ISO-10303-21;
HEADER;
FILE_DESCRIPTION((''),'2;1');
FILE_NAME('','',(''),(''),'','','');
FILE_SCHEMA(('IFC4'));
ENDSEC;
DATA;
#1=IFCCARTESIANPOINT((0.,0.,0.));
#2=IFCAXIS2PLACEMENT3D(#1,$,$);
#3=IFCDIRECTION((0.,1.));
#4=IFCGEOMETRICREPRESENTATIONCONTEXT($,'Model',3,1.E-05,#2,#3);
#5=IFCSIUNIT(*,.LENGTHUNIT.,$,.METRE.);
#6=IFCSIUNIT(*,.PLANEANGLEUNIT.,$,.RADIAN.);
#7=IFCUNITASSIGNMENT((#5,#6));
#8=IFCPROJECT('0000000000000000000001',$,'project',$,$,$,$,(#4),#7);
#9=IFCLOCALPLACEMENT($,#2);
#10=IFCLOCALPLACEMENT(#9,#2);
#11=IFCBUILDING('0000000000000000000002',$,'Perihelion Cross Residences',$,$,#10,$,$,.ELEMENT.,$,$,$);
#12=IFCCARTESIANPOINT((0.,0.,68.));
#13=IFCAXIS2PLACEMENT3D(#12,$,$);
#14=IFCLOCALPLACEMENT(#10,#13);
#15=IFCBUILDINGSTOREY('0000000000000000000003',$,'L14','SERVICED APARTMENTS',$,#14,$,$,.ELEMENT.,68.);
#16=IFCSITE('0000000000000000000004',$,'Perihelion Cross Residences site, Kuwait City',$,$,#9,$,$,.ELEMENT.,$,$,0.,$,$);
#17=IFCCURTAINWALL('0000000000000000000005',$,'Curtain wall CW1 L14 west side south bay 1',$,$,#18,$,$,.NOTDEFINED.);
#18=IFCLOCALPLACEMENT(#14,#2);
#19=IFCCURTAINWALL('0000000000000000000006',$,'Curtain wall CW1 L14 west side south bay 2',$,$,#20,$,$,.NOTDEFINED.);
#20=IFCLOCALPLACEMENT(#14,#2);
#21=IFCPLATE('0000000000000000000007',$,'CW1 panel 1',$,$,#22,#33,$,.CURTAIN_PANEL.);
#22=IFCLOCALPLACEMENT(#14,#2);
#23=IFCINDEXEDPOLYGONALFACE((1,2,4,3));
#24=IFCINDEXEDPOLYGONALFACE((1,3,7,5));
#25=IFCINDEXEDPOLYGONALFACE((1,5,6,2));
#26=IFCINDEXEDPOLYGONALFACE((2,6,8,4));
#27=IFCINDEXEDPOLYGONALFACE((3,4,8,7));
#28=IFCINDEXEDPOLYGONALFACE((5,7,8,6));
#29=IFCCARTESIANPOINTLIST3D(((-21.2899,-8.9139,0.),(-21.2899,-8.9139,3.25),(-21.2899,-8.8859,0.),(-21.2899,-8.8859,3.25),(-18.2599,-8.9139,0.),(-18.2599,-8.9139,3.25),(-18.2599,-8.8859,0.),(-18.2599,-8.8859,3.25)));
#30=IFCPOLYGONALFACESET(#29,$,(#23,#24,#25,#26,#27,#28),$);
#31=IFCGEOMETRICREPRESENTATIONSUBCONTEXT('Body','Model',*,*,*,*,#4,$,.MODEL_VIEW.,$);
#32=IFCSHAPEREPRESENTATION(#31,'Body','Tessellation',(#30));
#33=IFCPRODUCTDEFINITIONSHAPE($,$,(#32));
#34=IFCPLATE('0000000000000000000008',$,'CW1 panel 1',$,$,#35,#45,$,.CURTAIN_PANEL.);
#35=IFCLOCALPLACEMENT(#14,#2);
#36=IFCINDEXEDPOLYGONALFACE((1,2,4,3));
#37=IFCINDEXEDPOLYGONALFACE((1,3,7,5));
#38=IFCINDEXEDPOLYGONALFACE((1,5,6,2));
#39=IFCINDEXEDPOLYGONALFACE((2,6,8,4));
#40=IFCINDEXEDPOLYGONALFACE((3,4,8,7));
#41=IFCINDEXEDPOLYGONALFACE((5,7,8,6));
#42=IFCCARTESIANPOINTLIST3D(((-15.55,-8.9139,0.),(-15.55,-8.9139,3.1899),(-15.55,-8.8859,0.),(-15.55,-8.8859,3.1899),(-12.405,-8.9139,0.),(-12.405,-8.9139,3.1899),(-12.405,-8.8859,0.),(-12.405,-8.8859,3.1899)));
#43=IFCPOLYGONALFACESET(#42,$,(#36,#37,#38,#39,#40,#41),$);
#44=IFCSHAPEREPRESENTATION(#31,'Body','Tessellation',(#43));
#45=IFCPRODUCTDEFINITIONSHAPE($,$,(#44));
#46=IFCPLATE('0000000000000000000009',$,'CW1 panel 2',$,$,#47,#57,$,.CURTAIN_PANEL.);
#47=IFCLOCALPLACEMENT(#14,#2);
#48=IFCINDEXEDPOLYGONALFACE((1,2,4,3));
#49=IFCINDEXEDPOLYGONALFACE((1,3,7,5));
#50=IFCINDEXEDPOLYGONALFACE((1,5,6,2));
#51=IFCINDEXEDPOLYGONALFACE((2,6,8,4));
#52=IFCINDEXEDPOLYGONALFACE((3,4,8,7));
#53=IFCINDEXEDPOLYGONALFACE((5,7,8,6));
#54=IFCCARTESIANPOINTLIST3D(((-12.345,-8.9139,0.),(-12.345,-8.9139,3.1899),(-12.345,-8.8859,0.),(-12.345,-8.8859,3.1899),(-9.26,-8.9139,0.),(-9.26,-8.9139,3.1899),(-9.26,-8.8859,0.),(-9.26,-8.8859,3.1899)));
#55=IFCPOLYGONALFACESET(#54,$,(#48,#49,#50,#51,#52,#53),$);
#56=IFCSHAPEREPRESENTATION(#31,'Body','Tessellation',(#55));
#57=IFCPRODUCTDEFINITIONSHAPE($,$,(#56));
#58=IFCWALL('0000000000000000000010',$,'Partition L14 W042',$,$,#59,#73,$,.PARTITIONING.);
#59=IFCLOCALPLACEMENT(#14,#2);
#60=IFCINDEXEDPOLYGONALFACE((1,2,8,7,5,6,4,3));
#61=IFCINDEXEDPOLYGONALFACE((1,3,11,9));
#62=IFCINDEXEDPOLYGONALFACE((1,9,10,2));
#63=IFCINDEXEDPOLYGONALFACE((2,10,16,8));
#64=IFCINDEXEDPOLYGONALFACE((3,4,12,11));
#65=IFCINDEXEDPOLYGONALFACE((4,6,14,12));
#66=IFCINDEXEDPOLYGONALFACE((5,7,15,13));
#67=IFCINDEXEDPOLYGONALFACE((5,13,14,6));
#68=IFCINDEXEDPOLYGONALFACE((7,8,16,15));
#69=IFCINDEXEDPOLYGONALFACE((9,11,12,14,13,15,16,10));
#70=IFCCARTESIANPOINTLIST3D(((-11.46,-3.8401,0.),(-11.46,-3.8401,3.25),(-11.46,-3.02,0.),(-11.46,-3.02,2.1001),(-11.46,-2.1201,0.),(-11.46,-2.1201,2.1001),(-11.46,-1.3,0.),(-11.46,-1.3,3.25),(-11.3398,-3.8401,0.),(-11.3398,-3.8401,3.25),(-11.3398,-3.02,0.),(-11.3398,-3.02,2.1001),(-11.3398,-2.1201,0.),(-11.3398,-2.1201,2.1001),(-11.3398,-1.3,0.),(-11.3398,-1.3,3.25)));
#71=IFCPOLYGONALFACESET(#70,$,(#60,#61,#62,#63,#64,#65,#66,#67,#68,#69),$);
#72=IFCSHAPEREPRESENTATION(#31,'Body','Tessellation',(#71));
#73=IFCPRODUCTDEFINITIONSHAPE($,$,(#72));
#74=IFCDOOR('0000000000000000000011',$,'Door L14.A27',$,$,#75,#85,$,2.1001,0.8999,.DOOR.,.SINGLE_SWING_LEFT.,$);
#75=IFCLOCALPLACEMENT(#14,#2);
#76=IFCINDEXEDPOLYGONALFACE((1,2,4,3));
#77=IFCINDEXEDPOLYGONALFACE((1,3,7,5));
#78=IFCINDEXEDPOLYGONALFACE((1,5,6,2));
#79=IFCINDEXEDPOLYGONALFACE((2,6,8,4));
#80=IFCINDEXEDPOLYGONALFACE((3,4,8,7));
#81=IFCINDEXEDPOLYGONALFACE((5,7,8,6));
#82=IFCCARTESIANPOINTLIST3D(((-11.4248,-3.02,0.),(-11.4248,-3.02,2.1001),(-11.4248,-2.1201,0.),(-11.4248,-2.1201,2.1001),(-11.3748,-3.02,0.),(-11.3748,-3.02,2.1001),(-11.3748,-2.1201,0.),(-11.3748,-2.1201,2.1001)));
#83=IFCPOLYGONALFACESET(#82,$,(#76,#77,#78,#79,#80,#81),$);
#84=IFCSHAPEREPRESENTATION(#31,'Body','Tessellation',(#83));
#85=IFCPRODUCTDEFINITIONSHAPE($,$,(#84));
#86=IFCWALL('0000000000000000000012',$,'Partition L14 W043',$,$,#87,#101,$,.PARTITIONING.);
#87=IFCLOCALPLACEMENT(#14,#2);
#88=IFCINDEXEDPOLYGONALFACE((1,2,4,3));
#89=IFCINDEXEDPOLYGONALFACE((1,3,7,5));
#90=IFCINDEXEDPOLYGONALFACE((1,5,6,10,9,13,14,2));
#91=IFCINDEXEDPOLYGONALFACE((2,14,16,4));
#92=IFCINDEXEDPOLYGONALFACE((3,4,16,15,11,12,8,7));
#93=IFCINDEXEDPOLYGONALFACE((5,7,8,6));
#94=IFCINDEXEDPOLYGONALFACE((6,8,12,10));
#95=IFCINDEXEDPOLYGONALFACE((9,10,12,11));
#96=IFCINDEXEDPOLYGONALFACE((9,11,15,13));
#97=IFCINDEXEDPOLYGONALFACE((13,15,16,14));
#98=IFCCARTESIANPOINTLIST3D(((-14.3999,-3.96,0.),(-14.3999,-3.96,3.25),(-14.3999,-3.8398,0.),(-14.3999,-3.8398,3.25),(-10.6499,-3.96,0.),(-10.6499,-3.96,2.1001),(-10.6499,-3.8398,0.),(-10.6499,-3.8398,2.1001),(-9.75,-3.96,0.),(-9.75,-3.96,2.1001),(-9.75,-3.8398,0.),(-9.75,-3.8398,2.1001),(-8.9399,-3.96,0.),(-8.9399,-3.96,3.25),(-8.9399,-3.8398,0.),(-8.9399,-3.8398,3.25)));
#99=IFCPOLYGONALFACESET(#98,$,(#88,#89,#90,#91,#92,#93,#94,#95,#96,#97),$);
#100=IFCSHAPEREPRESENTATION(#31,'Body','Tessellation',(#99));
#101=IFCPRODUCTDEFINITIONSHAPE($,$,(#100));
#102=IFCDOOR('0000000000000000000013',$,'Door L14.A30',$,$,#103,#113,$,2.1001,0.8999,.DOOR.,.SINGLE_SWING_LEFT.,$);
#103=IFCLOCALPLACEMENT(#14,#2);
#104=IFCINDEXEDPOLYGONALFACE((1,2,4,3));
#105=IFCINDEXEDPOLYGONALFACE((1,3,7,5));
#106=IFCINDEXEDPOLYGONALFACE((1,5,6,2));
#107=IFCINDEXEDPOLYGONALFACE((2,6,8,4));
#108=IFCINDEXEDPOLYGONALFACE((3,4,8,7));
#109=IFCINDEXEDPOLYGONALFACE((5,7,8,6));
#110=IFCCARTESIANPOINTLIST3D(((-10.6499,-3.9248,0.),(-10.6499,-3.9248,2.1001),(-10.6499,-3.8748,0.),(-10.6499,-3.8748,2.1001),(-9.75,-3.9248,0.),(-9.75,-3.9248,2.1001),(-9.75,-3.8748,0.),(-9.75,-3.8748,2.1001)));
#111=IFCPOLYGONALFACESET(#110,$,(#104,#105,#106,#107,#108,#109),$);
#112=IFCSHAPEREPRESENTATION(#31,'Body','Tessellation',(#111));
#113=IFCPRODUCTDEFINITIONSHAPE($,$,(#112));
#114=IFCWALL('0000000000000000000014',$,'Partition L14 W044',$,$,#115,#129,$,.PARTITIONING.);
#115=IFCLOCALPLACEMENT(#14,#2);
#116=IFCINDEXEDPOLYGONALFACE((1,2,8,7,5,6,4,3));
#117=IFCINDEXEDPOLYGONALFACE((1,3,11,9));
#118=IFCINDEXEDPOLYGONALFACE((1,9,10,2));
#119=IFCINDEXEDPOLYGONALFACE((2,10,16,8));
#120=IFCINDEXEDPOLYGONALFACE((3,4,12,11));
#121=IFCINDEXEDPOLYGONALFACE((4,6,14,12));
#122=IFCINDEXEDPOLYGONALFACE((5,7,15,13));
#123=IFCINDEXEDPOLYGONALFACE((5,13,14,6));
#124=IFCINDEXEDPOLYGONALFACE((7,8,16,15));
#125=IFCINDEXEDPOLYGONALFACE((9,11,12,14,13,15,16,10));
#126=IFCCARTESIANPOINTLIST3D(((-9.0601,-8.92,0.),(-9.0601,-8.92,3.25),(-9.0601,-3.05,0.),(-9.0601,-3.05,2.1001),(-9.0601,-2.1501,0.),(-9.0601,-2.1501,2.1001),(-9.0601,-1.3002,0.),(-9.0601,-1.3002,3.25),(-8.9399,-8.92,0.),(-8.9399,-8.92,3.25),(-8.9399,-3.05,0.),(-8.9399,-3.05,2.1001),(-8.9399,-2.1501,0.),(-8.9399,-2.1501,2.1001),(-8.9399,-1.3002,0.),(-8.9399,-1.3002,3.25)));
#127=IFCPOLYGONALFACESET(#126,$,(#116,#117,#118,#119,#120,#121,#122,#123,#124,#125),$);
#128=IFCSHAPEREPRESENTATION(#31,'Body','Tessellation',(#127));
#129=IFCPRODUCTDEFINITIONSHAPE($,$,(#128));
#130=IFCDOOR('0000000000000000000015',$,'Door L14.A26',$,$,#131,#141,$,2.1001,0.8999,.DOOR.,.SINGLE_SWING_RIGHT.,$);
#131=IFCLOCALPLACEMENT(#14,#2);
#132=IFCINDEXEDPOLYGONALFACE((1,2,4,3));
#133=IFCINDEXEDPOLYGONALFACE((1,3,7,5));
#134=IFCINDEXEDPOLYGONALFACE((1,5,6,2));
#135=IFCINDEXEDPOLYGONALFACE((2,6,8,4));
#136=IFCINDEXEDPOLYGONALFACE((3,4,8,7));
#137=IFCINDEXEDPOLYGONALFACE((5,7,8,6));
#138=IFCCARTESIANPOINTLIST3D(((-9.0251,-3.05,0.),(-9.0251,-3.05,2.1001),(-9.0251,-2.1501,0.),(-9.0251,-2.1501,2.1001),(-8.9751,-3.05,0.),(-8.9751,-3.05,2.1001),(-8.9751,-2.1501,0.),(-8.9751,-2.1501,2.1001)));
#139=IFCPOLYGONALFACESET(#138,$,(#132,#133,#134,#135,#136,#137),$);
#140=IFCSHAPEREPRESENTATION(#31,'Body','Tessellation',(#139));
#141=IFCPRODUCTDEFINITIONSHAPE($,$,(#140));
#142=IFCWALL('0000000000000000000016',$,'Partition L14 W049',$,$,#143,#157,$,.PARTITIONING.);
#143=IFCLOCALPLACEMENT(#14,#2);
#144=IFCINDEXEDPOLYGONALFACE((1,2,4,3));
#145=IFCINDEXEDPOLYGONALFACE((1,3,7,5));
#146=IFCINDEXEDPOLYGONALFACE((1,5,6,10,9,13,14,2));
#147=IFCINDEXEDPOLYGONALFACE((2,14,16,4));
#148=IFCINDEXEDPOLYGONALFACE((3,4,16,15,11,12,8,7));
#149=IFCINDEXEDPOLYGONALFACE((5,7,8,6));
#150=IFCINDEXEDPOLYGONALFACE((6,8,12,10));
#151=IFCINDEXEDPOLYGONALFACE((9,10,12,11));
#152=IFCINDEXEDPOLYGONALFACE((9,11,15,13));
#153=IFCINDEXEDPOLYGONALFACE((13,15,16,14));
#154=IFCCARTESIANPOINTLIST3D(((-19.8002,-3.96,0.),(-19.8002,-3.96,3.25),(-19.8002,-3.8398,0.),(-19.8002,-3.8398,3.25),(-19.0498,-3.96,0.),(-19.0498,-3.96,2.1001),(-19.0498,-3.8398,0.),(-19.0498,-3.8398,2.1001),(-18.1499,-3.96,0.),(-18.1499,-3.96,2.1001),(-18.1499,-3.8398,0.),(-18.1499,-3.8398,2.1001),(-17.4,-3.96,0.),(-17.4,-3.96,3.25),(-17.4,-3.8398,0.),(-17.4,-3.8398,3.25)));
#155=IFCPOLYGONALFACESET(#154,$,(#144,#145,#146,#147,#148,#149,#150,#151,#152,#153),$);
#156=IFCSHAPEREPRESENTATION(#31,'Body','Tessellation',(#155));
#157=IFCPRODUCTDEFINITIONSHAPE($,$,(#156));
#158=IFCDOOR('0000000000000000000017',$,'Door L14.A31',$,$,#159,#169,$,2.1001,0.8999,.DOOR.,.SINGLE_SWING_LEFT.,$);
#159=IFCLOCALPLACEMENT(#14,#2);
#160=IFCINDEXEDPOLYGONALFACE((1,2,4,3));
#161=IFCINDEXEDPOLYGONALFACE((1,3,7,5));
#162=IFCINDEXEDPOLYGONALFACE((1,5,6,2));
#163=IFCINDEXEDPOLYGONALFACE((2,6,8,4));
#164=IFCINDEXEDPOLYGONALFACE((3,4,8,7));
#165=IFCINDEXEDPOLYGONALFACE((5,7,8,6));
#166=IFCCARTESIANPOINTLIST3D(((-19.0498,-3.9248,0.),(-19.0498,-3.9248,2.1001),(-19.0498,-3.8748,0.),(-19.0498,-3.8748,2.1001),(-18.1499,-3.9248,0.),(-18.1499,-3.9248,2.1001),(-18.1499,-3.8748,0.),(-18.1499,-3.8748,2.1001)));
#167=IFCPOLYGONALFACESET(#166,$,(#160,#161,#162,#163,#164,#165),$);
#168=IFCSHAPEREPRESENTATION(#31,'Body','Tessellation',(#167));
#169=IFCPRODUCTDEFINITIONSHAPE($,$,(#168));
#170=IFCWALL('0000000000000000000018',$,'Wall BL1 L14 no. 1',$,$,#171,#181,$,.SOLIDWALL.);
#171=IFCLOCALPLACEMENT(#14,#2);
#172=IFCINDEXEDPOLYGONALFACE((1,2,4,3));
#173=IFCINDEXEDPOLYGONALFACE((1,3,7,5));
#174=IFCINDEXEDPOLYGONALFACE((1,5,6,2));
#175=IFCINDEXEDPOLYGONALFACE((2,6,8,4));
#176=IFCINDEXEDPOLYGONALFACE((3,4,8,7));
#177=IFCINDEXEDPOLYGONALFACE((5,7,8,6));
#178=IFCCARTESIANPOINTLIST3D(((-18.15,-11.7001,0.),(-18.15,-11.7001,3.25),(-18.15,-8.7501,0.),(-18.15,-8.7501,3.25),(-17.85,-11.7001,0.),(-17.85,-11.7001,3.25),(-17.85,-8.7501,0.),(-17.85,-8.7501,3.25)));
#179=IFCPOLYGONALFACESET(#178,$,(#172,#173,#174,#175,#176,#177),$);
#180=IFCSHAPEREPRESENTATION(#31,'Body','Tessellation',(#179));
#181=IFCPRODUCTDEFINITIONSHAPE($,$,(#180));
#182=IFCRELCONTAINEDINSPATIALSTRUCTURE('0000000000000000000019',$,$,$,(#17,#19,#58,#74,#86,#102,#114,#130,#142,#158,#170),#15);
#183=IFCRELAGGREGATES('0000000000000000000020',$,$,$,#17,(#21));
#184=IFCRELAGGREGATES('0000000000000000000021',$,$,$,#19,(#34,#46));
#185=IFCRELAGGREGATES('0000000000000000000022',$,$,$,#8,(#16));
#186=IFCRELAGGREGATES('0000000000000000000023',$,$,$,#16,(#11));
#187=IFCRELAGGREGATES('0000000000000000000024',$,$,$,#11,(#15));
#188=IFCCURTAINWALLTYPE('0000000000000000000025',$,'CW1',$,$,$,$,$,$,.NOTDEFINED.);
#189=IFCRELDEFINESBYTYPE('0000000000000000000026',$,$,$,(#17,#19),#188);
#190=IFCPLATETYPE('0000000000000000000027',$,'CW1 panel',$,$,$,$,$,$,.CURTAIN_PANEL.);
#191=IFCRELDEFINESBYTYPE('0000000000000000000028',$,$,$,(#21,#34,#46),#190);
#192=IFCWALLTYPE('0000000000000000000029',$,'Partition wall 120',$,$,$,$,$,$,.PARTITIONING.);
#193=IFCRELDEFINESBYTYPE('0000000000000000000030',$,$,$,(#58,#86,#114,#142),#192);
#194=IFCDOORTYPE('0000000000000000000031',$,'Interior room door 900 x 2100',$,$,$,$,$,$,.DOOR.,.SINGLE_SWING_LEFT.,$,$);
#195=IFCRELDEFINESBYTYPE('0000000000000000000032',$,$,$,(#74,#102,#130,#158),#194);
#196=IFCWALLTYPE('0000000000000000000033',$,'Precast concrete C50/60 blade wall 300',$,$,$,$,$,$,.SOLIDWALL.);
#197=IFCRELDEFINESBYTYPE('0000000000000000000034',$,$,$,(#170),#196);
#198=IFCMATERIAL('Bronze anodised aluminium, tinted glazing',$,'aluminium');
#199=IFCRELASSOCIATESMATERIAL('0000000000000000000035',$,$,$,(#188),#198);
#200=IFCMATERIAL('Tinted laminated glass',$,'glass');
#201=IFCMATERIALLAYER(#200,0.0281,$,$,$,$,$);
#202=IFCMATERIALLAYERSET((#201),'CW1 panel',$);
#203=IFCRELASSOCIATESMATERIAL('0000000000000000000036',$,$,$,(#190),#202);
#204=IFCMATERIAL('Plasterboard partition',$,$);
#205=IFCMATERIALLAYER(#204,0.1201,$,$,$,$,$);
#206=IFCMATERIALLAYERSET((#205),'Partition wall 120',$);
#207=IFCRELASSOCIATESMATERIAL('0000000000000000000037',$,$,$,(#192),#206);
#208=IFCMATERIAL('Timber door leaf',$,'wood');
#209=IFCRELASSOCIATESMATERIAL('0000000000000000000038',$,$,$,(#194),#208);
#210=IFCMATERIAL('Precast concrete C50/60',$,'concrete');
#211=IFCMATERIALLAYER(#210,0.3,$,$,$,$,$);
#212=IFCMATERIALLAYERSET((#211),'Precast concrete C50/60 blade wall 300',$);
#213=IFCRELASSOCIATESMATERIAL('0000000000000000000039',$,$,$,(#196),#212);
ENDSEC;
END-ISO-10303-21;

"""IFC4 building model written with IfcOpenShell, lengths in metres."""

from ifc_helpers import new_model, si_unit, direction, frame, frame_2d, origin, origin_2d, place, context, subcontext, project, spatial, rectangle, extrude, material, layer, layer_set, type_object, element, fill, aggregate, save


model = new_model("IFC4")

# Units and contexts
model_context = context("Model", 3, precision=1e-05, world=origin(), true_north=direction((0.0, 1.0)))
body_context = subcontext(model_context, "Body", "Model", "MODEL_VIEW")
ifc_project = project(units=[si_unit("LENGTHUNIT", "METRE"), si_unit("PLANEANGLEUNIT", "RADIAN")], contexts=[model_context])

# Site, building, storey
site_placement = place(None, origin())
site = spatial("IfcSite", under=ifc_project, at=site_placement, Name="Perihelion Cross Residences site, Kuwait City", CompositionType="ELEMENT", RefElevation=0.0)
building_placement = place(site_placement, origin())
building = spatial("IfcBuilding", under=site, at=building_placement, Name="Perihelion Cross Residences", CompositionType="ELEMENT")
storey_placement = place(building_placement, frame((0.0, 0.0, 68.0)))
storey = spatial("IfcBuildingStorey", under=building, at=storey_placement, Name="L14", Description="SERVICED APARTMENTS", CompositionType="ELEMENT", Elevation=68.0)

# Curtain wall
ifc_material_1 = material(Name="Bronze anodised aluminium, tinted glazing", Category="aluminium")
curtain_wall_type = type_object("IfcCurtainWallType", Name="CW1", PredefinedType="NOTDEFINED", material=ifc_material_1)
curtain_wall_1_placement = place(storey_placement, origin())
curtain_wall_1 = element("IfcCurtainWall", 1, at=curtain_wall_1_placement, inside=storey, type_object=curtain_wall_type, Name="Curtain wall CW1 L14 west side south bay 1", PredefinedType="NOTDEFINED")

# Curtain wall
curtain_wall_2_placement = place(storey_placement, origin())
curtain_wall_2 = element("IfcCurtainWall", 2, at=curtain_wall_2_placement, inside=storey, type_object=curtain_wall_type, Name="Curtain wall CW1 L14 west side south bay 2", PredefinedType="NOTDEFINED")

# Plates
ifc_material_2 = material(Name="Tinted laminated glass", Category="glass")
ifc_layer_1 = layer(ifc_material_2, 0.0281)
ifc_layer_set_1 = layer_set([ifc_layer_1], Name="CW1 panel")
plate_type = type_object("IfcPlateType", Name="CW1 panel", PredefinedType="CURTAIN_PANEL", material=ifc_layer_set_1)
plate_1_placement = place(storey_placement, frame((-19.7749, -8.8999, 0.0), z_axis=(0.0, 0.0, 1.0), x_axis=(1.0, 0.0, 0.0)))
plate_1 = element("IfcPlate", 3, at=plate_1_placement, type_object=plate_type, Name="CW1 panel 1", PredefinedType="CURTAIN_PANEL", context=body_context, shape_type="SweptSolid", body=[
    extrude(rectangle(XDim=3.03, YDim=0.0281, at=origin_2d()), origin(), (0.0, 0.0, 1.0), 3.25),
])
aggregate(curtain_wall_1, [plate_1])
plate_2_placement = place(storey_placement, frame((-13.9775, -8.8999, 0.0), z_axis=(0.0, 0.0, 1.0), x_axis=(1.0, 0.0, 0.0)))
plate_2 = element("IfcPlate", 4, at=plate_2_placement, type_object=plate_type, Name="CW1 panel 1", PredefinedType="CURTAIN_PANEL", context=body_context, shape_type="SweptSolid", body=[
    extrude(rectangle(XDim=3.145, YDim=0.0281, at=origin_2d()), origin(), (0.0, 0.0, 1.0), 3.1899),
])
plate_3_placement = place(storey_placement, frame((-10.8025, -8.8999, 0.0), z_axis=(0.0, 0.0, 1.0), x_axis=(1.0, 0.0, 0.0)))
plate_3 = element("IfcPlate", 5, at=plate_3_placement, type_object=plate_type, Name="CW1 panel 2", PredefinedType="CURTAIN_PANEL", context=body_context, shape_type="SweptSolid", body=[
    extrude(rectangle(XDim=3.085, YDim=0.0281, at=origin_2d()), origin(), (0.0, 0.0, 1.0), 3.1899),
])
aggregate(curtain_wall_2, [plate_2, plate_3])

# Walls, openings, doors
ifc_material_3 = material(Name="Plasterboard partition")
ifc_layer_2 = layer(ifc_material_3, 0.1201)
ifc_layer_set_2 = layer_set([ifc_layer_2], Name="Partition wall 120")
wall_type_1 = type_object("IfcWallType", Name="Partition wall 120", PredefinedType="PARTITIONING", material=ifc_layer_set_2)
wall_1_placement = place(storey_placement, frame((-11.3999, -3.8401, 0.0), z_axis=(0.0, 0.0, 1.0), x_axis=(0.0, 1.0, 0.0)))
wall_1 = element("IfcWall", 6, at=wall_1_placement, inside=storey, type_object=wall_type_1, Name="Partition L14 W042", PredefinedType="PARTITIONING", context=body_context, shape_type="SweptSolid", body=[
    extrude(rectangle(XDim=2.54, YDim=0.1201, at=frame_2d((1.27, 0.0))), origin(), (0.0, 0.0, 1.0), 3.25),
])
opening_1_placement = place(wall_1_placement, frame((0.8201, 0.0, 0.0)))
opening_1 = element("IfcOpeningElement", 7, at=opening_1_placement, cuts=wall_1, PredefinedType="OPENING", context=body_context, shape_type="SweptSolid", body=[
    extrude(rectangle(XDim=0.8999, YDim=2.1001, at=frame_2d((0.45, 1.05))), frame((0.0, 0.0701, 0.0), z_axis=(0.0, -1.0, 0.0), x_axis=(1.0, 0.0, 0.0)), (0.0, 0.0, 1.0), 0.1401),
])
ifc_material_4 = material(Name="Timber door leaf", Category="wood")
door_type_1 = type_object("IfcDoorType", Name="Interior room door 900 x 2100", OperationType="SINGLE_SWING_LEFT", PredefinedType="DOOR", material=ifc_material_4)
door_1_placement = place(opening_1_placement, origin())
door_1 = element("IfcDoor", 8, at=door_1_placement, inside=storey, type_object=door_type_1, Name="Door L14.A27", OperationType="SINGLE_SWING_LEFT", OverallHeight=2.1001, OverallWidth=0.8999, PredefinedType="DOOR", context=body_context, shape_type="SweptSolid", body=[
    extrude(rectangle(XDim=0.8999, YDim=2.1001, at=frame_2d((0.45, 1.05))), frame((0.0, 0.0249, 0.0), z_axis=(0.0, -1.0, 0.0), x_axis=(1.0, 0.0, 0.0)), (0.0, 0.0, 1.0), 0.05),
])
fill(opening_1, door_1)
wall_2_placement = place(storey_placement, frame((-8.9399, -3.8999, 0.0), z_axis=(0.0, 0.0, 1.0), x_axis=(-1.0, 0.0, 0.0)))
wall_2 = element("IfcWall", 9, at=wall_2_placement, inside=storey, type_object=wall_type_1, Name="Partition L14 W043", PredefinedType="PARTITIONING", context=body_context, shape_type="SweptSolid", body=[
    extrude(rectangle(XDim=5.46, YDim=0.1201, at=frame_2d((2.73, 0.0))), origin(), (0.0, 0.0, 1.0), 3.25),
])
opening_2_placement = place(wall_2_placement, frame((0.8101, 0.0, 0.0)))
opening_2 = element("IfcOpeningElement", 10, at=opening_2_placement, cuts=wall_2, PredefinedType="OPENING", context=body_context, shape_type="SweptSolid", body=[
    extrude(rectangle(XDim=0.8999, YDim=2.1001, at=frame_2d((0.45, 1.05))), frame((0.0, 0.0701, 0.0), z_axis=(0.0, -1.0, 0.0), x_axis=(1.0, 0.0, 0.0)), (0.0, 0.0, 1.0), 0.1401),
])
door_2_placement = place(opening_2_placement, origin())
door_2 = element("IfcDoor", 11, at=door_2_placement, inside=storey, type_object=door_type_1, Name="Door L14.A30", OperationType="SINGLE_SWING_LEFT", OverallHeight=2.1001, OverallWidth=0.8999, PredefinedType="DOOR", context=body_context, shape_type="SweptSolid", body=[
    extrude(rectangle(XDim=0.8999, YDim=2.1001, at=frame_2d((0.45, 1.05))), frame((0.0, 0.0249, 0.0), z_axis=(0.0, -1.0, 0.0), x_axis=(1.0, 0.0, 0.0)), (0.0, 0.0, 1.0), 0.05),
])
fill(opening_2, door_2)
wall_3_placement = place(storey_placement, frame((-9.0, -1.3, 0.0), z_axis=(0.0, 0.0, 1.0), x_axis=(0.0, -1.0, 0.0)))
wall_3 = element("IfcWall", 12, at=wall_3_placement, inside=storey, type_object=wall_type_1, Name="Partition L14 W044", PredefinedType="PARTITIONING", context=body_context, shape_type="SweptSolid", body=[
    extrude(rectangle(XDim=7.6199, YDim=0.1201, at=frame_2d((3.8101, 0.0))), origin(), (0.0, 0.0, 1.0), 3.25),
])
opening_3_placement = place(wall_3_placement, frame((0.8501, 0.0, 0.0)))
opening_3 = element("IfcOpeningElement", 13, at=opening_3_placement, cuts=wall_3, PredefinedType="OPENING", context=body_context, shape_type="SweptSolid", body=[
    extrude(rectangle(XDim=0.8999, YDim=2.1001, at=frame_2d((0.45, 1.05))), frame((0.0, 0.0701, 0.0), z_axis=(0.0, -1.0, 0.0), x_axis=(1.0, 0.0, 0.0)), (0.0, 0.0, 1.0), 0.1401),
])
door_3_placement = place(opening_3_placement, origin())
door_3 = element("IfcDoor", 14, at=door_3_placement, inside=storey, type_object=door_type_1, Name="Door L14.A26", OperationType="SINGLE_SWING_RIGHT", OverallHeight=2.1001, OverallWidth=0.8999, PredefinedType="DOOR", context=body_context, shape_type="SweptSolid", body=[
    extrude(rectangle(XDim=0.8999, YDim=2.1001, at=frame_2d((0.45, 1.05))), frame((0.0, 0.0249, 0.0), z_axis=(0.0, -1.0, 0.0), x_axis=(1.0, 0.0, 0.0)), (0.0, 0.0, 1.0), 0.05),
])
fill(opening_3, door_3)
wall_4_placement = place(storey_placement, frame((-17.3999, -3.8999, 0.0), z_axis=(0.0, 0.0, 1.0), x_axis=(-1.0, 0.0, 0.0)))
wall_4 = element("IfcWall", 15, at=wall_4_placement, inside=storey, type_object=wall_type_1, Name="Partition L14 W049", PredefinedType="PARTITIONING", context=body_context, shape_type="SweptSolid", body=[
    extrude(rectangle(XDim=2.4001, YDim=0.1201, at=frame_2d((1.2002, 0.0))), origin(), (0.0, 0.0, 1.0), 3.25),
])
opening_4_placement = place(wall_4_placement, frame((0.75, 0.0, 0.0)))
opening_4 = element("IfcOpeningElement", 16, at=opening_4_placement, cuts=wall_4, PredefinedType="OPENING", context=body_context, shape_type="SweptSolid", body=[
    extrude(rectangle(XDim=0.8999, YDim=2.1001, at=frame_2d((0.45, 1.05))), frame((0.0, 0.0701, 0.0), z_axis=(0.0, -1.0, 0.0), x_axis=(1.0, 0.0, 0.0)), (0.0, 0.0, 1.0), 0.1401),
])
door_4_placement = place(opening_4_placement, origin())
door_4 = element("IfcDoor", 17, at=door_4_placement, inside=storey, type_object=door_type_1, Name="Door L14.A31", OperationType="SINGLE_SWING_LEFT", OverallHeight=2.1001, OverallWidth=0.8999, PredefinedType="DOOR", context=body_context, shape_type="SweptSolid", body=[
    extrude(rectangle(XDim=0.8999, YDim=2.1001, at=frame_2d((0.45, 1.05))), frame((0.0, 0.0249, 0.0), z_axis=(0.0, -1.0, 0.0), x_axis=(1.0, 0.0, 0.0)), (0.0, 0.0, 1.0), 0.05),
])
fill(opening_4, door_4)

# Wall
ifc_material_5 = material(Name="Precast concrete C50/60", Category="concrete")
ifc_layer_3 = layer(ifc_material_5, 0.3)
ifc_layer_set_3 = layer_set([ifc_layer_3], Name="Precast concrete C50/60 blade wall 300")
wall_type_2 = type_object("IfcWallType", Name="Precast concrete C50/60 blade wall 300", PredefinedType="SOLIDWALL", material=ifc_layer_set_3)
wall_5_placement = place(storey_placement, frame((-18.0, -8.75, 0.0), z_axis=(0.0, 0.0, 1.0), x_axis=(0.0, -1.0, 0.0)))
element("IfcWall", 18, at=wall_5_placement, inside=storey, type_object=wall_type_2, Name="Wall BL1 L14 no. 1", PredefinedType="SOLIDWALL", context=body_context, shape_type="SweptSolid", body=[
    extrude(rectangle(XDim=2.95, YDim=0.3, at=frame_2d((1.4751, 0.0))), origin(), (0.0, 0.0, 1.0), 3.25),
])

save(model, "model.ifc")
